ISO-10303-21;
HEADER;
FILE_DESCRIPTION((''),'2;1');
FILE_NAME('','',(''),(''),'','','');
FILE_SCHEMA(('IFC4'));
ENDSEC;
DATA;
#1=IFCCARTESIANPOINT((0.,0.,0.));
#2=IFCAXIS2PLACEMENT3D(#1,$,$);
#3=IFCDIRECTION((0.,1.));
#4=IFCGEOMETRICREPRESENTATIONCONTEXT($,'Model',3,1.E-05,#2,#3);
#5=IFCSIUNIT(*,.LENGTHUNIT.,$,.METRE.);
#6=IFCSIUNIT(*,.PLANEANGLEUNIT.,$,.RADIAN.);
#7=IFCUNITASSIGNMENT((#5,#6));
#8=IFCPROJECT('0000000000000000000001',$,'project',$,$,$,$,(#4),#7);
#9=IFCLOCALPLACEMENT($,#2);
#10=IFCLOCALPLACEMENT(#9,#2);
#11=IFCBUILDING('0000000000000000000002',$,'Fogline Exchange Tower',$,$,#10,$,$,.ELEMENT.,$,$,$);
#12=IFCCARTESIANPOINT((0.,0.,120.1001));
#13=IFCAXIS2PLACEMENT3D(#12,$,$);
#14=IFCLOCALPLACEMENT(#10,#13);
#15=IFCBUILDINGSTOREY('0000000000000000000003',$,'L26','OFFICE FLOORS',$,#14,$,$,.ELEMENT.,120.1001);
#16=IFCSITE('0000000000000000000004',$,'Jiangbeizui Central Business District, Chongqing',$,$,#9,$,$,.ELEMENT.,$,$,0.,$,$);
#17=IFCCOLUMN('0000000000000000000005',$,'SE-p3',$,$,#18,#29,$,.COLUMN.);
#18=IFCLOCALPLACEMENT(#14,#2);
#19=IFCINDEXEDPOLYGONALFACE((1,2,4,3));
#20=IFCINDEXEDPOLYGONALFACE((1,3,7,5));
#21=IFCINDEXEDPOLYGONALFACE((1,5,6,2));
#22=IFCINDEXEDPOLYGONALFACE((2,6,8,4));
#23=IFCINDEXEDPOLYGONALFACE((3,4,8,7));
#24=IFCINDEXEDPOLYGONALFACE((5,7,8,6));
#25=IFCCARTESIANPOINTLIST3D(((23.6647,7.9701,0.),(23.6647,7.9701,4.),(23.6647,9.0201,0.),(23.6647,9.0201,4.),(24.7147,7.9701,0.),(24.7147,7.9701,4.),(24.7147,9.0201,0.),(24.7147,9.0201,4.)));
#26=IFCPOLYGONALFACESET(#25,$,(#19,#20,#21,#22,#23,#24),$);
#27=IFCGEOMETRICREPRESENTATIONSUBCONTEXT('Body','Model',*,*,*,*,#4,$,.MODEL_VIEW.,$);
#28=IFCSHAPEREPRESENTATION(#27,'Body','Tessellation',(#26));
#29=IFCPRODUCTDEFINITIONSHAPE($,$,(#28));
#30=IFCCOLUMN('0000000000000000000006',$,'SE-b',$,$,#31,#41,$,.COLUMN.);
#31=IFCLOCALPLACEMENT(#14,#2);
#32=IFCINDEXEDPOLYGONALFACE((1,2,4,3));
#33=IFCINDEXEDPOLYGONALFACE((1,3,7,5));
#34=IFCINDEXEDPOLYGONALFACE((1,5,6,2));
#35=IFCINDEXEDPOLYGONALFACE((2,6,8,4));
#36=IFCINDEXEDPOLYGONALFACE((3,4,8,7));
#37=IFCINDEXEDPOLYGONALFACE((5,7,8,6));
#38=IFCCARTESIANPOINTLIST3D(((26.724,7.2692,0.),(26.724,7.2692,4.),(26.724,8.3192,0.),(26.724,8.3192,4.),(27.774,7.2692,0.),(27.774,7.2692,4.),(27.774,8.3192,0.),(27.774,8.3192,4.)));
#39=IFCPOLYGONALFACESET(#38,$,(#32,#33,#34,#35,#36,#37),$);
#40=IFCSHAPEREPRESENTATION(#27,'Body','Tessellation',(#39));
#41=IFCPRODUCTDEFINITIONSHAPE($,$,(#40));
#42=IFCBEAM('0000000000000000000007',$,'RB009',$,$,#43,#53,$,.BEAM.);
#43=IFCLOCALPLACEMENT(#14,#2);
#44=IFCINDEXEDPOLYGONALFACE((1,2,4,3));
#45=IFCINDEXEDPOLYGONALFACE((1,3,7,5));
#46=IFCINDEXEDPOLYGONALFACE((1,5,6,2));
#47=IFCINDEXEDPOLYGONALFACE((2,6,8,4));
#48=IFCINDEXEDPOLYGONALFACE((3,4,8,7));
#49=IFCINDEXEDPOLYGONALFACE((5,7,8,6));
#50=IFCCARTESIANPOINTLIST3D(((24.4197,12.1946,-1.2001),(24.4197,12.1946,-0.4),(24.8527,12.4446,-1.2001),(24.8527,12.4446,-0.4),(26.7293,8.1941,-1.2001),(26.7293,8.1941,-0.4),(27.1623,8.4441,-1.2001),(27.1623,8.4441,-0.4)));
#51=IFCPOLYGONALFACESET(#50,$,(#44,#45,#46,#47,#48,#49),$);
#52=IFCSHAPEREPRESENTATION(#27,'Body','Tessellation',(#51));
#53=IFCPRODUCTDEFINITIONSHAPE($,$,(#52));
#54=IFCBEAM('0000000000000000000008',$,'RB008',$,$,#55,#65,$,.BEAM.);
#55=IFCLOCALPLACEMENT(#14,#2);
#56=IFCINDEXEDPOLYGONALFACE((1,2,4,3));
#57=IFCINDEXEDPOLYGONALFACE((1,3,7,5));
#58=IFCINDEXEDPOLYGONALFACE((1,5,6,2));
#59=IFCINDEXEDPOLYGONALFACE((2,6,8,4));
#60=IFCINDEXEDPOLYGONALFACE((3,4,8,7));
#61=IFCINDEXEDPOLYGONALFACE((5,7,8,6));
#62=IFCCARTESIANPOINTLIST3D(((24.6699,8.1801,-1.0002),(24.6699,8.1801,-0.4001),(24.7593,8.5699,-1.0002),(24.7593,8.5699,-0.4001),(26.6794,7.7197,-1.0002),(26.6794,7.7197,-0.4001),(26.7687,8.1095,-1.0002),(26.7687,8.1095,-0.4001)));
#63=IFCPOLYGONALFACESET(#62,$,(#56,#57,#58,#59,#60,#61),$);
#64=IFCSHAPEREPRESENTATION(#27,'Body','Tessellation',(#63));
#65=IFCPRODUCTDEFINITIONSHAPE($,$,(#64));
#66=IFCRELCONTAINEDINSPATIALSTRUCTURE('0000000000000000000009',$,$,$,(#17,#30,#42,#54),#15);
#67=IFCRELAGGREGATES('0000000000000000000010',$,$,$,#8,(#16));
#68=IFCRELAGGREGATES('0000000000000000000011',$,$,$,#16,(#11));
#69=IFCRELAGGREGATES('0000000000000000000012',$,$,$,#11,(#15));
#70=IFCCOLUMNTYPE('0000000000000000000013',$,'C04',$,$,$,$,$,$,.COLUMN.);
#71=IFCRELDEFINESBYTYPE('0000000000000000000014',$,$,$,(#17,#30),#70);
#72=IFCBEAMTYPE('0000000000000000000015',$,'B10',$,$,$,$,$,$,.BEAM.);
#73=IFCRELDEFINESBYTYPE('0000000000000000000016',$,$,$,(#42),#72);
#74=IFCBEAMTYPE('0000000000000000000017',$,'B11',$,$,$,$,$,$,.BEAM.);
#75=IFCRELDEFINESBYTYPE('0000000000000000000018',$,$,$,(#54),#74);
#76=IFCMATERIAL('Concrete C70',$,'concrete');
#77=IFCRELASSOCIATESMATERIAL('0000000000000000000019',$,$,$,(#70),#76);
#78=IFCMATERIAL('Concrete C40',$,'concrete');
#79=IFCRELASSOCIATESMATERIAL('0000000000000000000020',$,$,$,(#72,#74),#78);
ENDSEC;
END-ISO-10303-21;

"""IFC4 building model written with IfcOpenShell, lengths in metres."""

from ifc_helpers import new_model, si_unit, direction, frame, origin, origin_2d, place, context, subcontext, project, spatial, rectangle, extrude, material, material_profile, profile_set, type_object, element, save


model = new_model("IFC4")

# Units and contexts
model_context = context("Model", 3, precision=1e-05, world=origin(), true_north=direction((0.0, 1.0)))
body_context = subcontext(model_context, "Body", "Model", "MODEL_VIEW")
ifc_project = project(units=[si_unit("LENGTHUNIT", "METRE"), si_unit("PLANEANGLEUNIT", "RADIAN")], contexts=[model_context])

# Site, building, storey
site_placement = place(None, origin())
site = spatial("IfcSite", under=ifc_project, at=site_placement, Name="Jiangbeizui Central Business District, Chongqing", CompositionType="ELEMENT", RefElevation=0.0)
building_placement = place(site_placement, origin())
building = spatial("IfcBuilding", under=site, at=building_placement, Name="Fogline Exchange Tower", CompositionType="ELEMENT")
storey_placement = place(building_placement, frame((0.0, 0.0, 120.1001)))
storey = spatial("IfcBuildingStorey", under=building, at=storey_placement, Name="L26", Description="OFFICE FLOORS", CompositionType="ELEMENT", Elevation=120.1001)

# Columns
ifc_material_1 = material(Name="Concrete C70", Category="concrete")
ifc_material_profile_1 = material_profile(ifc_material_1, rectangle(XDim=1.05, YDim=1.05, at=origin_2d()), Name="RC 1050x1050")
ifc_profile_set_1 = profile_set([ifc_material_profile_1], Name="Concrete C70")
column_type = type_object("IfcColumnType", Name="C04", PredefinedType="COLUMN", material=ifc_profile_set_1)
for number, where, z_axis, x_axis, name in (
    (1, (24.1897, 8.4951, 0.0), (0.0, 0.0, 1.0), (1.0, 0.0, 0.0), "SE-p3"),
    (2, (27.249, 7.7942, 0.0), (0.0, 0.0, 1.0), (1.0, 0.0, 0.0), "SE-b"),
):
    element("IfcColumn", number, at=place(storey_placement, frame(where, z_axis=z_axis, x_axis=x_axis)), inside=storey, type_object=column_type, Name=name, PredefinedType="COLUMN", context=body_context, shape_type="SweptSolid", body=[
        extrude(rectangle(XDim=1.05, YDim=1.05, at=origin_2d()), origin(), (0.0, 0.0, 1.0), 4.0),
    ])

# Beams
ifc_material_2 = material(Name="Concrete C40", Category="concrete")
ifc_material_profile_2 = material_profile(ifc_material_2, rectangle(XDim=0.5, YDim=0.8, at=origin_2d()), Name="RC 500x800")
ifc_profile_set_2 = profile_set([ifc_material_profile_2], Name="Concrete C40")
beam_type_1 = type_object("IfcBeamType", Name="B10", PredefinedType="BEAM", material=ifc_profile_set_2)
beam_1_placement = place(storey_placement, frame((26.9458, 8.3191, -0.8), z_axis=(-0.499982, 0.866036, 0.0), x_axis=(-0.866036, -0.499982, 0.0)))
element("IfcBeam", 3, at=beam_1_placement, inside=storey, type_object=beam_type_1, Name="RB009", PredefinedType="BEAM", context=body_context, shape_type="SweptSolid", body=[
    extrude(rectangle(XDim=0.5, YDim=0.8, at=origin_2d()), origin(), (0.0, 0.0, 1.0), 4.6194),
])
ifc_material_profile_3 = material_profile(ifc_material_2, rectangle(XDim=0.3999, YDim=0.6001, at=origin_2d()), Name="RC 400x600")
ifc_profile_set_3 = profile_set([ifc_material_profile_3], Name="Concrete C40")
beam_type_2 = type_object("IfcBeamType", Name="B11", PredefinedType="BEAM", material=ifc_profile_set_3)
beam_2_placement = place(storey_placement, frame((24.7146, 8.375, -0.7002), z_axis=(0.974739, -0.223346, 0.0), x_axis=(0.223346, 0.974739, 0.0)))
element("IfcBeam", 4, at=beam_2_placement, inside=storey, type_object=beam_type_2, Name="RB008", PredefinedType="BEAM", context=body_context, shape_type="SweptSolid", body=[
    extrude(rectangle(XDim=0.3999, YDim=0.6001, at=origin_2d()), origin(), (0.0, 0.0, 1.0), 2.0615),
])

save(model, "model.ifc")
